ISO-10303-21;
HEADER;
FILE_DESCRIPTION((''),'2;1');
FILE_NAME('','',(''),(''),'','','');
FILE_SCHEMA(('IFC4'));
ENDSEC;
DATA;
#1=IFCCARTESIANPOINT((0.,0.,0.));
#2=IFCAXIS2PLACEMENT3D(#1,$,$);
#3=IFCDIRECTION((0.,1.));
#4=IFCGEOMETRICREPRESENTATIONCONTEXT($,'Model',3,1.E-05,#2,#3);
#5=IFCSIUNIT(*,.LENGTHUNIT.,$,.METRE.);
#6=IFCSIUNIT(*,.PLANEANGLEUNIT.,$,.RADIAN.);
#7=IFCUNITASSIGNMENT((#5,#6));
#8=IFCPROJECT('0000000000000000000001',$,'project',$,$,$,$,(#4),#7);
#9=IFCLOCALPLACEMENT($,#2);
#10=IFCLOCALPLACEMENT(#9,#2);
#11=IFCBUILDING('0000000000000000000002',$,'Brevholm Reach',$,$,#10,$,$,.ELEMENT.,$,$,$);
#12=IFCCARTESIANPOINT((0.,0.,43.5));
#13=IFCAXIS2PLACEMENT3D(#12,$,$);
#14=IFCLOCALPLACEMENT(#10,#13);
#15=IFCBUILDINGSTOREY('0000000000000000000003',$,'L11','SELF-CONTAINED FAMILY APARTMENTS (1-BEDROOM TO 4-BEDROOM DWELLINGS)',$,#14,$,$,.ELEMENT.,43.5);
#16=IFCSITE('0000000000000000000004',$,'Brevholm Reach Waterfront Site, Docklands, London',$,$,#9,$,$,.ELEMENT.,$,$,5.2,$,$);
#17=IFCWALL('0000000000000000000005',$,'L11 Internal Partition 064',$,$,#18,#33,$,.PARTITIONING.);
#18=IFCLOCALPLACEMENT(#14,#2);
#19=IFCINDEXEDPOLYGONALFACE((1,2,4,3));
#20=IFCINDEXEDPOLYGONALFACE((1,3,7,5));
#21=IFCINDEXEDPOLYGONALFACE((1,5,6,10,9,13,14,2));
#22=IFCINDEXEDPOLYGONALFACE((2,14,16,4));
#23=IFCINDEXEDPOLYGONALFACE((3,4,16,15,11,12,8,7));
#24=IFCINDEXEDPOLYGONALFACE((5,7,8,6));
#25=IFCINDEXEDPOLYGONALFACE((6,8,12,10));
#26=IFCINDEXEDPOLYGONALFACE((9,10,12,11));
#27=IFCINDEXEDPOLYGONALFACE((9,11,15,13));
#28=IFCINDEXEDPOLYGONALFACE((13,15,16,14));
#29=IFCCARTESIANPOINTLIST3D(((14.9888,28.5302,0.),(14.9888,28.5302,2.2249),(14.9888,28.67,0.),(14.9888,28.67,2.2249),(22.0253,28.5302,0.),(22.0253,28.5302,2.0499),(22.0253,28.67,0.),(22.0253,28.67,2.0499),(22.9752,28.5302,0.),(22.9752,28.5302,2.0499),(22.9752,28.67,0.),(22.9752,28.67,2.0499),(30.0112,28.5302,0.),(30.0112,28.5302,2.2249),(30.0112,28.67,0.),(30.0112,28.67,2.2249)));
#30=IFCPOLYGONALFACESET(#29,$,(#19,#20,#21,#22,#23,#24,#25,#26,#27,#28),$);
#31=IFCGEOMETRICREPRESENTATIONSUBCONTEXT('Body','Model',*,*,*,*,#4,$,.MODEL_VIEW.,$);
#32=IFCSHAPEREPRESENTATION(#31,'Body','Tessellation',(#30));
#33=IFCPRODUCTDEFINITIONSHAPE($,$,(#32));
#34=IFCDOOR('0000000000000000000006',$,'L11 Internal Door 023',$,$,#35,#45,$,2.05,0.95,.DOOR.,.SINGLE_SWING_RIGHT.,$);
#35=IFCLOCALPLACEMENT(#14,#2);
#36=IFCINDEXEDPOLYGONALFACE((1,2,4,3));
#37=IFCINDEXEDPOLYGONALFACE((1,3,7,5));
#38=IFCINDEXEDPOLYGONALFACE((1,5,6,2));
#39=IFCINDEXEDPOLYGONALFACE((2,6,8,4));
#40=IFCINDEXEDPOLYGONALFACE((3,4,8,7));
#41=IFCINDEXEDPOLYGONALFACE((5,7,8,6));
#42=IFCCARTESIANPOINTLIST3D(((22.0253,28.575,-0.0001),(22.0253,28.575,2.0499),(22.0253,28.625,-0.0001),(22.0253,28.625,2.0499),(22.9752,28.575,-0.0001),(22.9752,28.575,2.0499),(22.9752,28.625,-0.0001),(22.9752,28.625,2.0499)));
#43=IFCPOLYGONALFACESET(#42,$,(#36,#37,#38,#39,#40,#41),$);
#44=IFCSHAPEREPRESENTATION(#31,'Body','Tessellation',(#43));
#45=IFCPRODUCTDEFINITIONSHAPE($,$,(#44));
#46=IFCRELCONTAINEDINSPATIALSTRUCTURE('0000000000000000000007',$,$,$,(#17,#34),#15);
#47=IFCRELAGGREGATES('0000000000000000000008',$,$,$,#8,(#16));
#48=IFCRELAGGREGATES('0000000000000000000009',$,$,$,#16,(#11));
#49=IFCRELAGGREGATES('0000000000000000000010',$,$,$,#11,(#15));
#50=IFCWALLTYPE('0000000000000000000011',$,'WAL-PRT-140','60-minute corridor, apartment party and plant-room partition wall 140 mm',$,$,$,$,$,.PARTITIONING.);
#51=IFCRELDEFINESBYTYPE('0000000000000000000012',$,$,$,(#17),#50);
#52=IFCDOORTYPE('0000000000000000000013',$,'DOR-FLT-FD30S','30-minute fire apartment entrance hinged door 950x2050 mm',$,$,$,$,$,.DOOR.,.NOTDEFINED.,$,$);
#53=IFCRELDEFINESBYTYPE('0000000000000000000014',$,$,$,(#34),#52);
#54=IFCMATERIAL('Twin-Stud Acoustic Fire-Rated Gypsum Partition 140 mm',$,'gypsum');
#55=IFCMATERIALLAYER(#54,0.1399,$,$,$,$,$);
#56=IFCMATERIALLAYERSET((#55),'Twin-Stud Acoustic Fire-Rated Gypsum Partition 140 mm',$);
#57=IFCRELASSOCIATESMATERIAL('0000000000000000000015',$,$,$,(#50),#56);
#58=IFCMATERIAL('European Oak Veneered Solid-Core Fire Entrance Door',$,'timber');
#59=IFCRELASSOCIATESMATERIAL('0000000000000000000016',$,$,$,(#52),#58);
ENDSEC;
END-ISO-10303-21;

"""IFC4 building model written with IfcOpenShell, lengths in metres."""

from ifc_helpers import new_model, si_unit, direction, frame, frame_2d, origin, place, context, subcontext, project, spatial, rectangle, extrude, material, layer, layer_set, type_object, element, fill, save


model = new_model("IFC4")

# Units and contexts
model_context = context("Model", 3, precision=1e-05, world=origin(), true_north=direction((0.0, 1.0)))
body_context = subcontext(model_context, "Body", "Model", "MODEL_VIEW")
ifc_project = project(units=[si_unit("LENGTHUNIT", "METRE"), si_unit("PLANEANGLEUNIT", "RADIAN")], contexts=[model_context])

# Site, building, storey
site_placement = place(None, origin())
site = spatial("IfcSite", under=ifc_project, at=site_placement, Name="Brevholm Reach Waterfront Site, Docklands, London", CompositionType="ELEMENT", RefElevation=5.2)
building_placement = place(site_placement, origin())
building = spatial("IfcBuilding", under=site, at=building_placement, Name="Brevholm Reach", CompositionType="ELEMENT")
storey_placement = place(building_placement, frame((0.0, 0.0, 43.5)))
storey = spatial("IfcBuildingStorey", under=building, at=storey_placement, Name="L11", Description="SELF-CONTAINED FAMILY APARTMENTS (1-BEDROOM TO 4-BEDROOM DWELLINGS)", CompositionType="ELEMENT", Elevation=43.5)

# Shared definitions
ifc_material_1 = material(Name="Twin-Stud Acoustic Fire-Rated Gypsum Partition 140 mm", Category="gypsum")
ifc_layer_1 = layer(ifc_material_1, 0.1399)
ifc_layer_set_1 = layer_set([ifc_layer_1], Name="Twin-Stud Acoustic Fire-Rated Gypsum Partition 140 mm")
wall_type_1 = type_object("IfcWallType", Name="WAL-PRT-140", Description="60-minute corridor, apartment party and plant-room partition wall 140 mm", PredefinedType="PARTITIONING", material=ifc_layer_set_1)
ifc_material_2 = material(Name="European Oak Veneered Solid-Core Fire Entrance Door", Category="timber")
door_type_1 = type_object("IfcDoorType", Name="DOR-FLT-FD30S", Description="30-minute fire apartment entrance hinged door 950x2050 mm", OperationType="NOTDEFINED", PredefinedType="DOOR", material=ifc_material_2)

# Wall, opening, door
wall_1_placement = place(storey_placement, frame((14.9888, 28.6001, 0.0), z_axis=(0.0, 0.0, 1.0), x_axis=(1.0, 0.0, 0.0)))
wall_1 = element("IfcWall", 1, at=wall_1_placement, inside=storey, type_object=wall_type_1, Name="L11 Internal Partition 064", PredefinedType="PARTITIONING", context=body_context, shape_type="SweptSolid", body=[
    extrude(rectangle(XDim=15.0225, YDim=0.1399, at=frame_2d((7.5112, 0.0))), origin(), (0.0, 0.0, 1.0), 2.2249),
])
opening_1_placement = place(wall_1_placement, frame((7.0364, 0.0, 0.0)))
opening_1 = element("IfcOpeningElement", 2, at=opening_1_placement, cuts=wall_1, PredefinedType="OPENING", context=body_context, shape_type="SweptSolid", body=[
    extrude(rectangle(XDim=0.95, YDim=2.05, at=frame_2d((0.4751, 1.0249))), frame((0.0, 0.0798, 0.0), z_axis=(0.0, -1.0, 0.0), x_axis=(1.0, 0.0, 0.0)), (0.0, 0.0, 1.0), 0.1599),
])
door_1_placement = place(opening_1_placement, origin())
door_1 = element("IfcDoor", 3, at=door_1_placement, inside=storey, type_object=door_type_1, Name="L11 Internal Door 023", OperationType="SINGLE_SWING_RIGHT", OverallHeight=2.05, OverallWidth=0.95, PredefinedType="DOOR", context=body_context, shape_type="SweptSolid", body=[
    extrude(rectangle(XDim=0.95, YDim=2.05, at=frame_2d((0.4751, 1.0249))), frame((0.0, 0.0249, 0.0), z_axis=(0.0, -1.0, 0.0), x_axis=(1.0, 0.0, 0.0)), (0.0, 0.0, 1.0), 0.05),
])
fill(opening_1, door_1)

save(model, "model.ifc")
